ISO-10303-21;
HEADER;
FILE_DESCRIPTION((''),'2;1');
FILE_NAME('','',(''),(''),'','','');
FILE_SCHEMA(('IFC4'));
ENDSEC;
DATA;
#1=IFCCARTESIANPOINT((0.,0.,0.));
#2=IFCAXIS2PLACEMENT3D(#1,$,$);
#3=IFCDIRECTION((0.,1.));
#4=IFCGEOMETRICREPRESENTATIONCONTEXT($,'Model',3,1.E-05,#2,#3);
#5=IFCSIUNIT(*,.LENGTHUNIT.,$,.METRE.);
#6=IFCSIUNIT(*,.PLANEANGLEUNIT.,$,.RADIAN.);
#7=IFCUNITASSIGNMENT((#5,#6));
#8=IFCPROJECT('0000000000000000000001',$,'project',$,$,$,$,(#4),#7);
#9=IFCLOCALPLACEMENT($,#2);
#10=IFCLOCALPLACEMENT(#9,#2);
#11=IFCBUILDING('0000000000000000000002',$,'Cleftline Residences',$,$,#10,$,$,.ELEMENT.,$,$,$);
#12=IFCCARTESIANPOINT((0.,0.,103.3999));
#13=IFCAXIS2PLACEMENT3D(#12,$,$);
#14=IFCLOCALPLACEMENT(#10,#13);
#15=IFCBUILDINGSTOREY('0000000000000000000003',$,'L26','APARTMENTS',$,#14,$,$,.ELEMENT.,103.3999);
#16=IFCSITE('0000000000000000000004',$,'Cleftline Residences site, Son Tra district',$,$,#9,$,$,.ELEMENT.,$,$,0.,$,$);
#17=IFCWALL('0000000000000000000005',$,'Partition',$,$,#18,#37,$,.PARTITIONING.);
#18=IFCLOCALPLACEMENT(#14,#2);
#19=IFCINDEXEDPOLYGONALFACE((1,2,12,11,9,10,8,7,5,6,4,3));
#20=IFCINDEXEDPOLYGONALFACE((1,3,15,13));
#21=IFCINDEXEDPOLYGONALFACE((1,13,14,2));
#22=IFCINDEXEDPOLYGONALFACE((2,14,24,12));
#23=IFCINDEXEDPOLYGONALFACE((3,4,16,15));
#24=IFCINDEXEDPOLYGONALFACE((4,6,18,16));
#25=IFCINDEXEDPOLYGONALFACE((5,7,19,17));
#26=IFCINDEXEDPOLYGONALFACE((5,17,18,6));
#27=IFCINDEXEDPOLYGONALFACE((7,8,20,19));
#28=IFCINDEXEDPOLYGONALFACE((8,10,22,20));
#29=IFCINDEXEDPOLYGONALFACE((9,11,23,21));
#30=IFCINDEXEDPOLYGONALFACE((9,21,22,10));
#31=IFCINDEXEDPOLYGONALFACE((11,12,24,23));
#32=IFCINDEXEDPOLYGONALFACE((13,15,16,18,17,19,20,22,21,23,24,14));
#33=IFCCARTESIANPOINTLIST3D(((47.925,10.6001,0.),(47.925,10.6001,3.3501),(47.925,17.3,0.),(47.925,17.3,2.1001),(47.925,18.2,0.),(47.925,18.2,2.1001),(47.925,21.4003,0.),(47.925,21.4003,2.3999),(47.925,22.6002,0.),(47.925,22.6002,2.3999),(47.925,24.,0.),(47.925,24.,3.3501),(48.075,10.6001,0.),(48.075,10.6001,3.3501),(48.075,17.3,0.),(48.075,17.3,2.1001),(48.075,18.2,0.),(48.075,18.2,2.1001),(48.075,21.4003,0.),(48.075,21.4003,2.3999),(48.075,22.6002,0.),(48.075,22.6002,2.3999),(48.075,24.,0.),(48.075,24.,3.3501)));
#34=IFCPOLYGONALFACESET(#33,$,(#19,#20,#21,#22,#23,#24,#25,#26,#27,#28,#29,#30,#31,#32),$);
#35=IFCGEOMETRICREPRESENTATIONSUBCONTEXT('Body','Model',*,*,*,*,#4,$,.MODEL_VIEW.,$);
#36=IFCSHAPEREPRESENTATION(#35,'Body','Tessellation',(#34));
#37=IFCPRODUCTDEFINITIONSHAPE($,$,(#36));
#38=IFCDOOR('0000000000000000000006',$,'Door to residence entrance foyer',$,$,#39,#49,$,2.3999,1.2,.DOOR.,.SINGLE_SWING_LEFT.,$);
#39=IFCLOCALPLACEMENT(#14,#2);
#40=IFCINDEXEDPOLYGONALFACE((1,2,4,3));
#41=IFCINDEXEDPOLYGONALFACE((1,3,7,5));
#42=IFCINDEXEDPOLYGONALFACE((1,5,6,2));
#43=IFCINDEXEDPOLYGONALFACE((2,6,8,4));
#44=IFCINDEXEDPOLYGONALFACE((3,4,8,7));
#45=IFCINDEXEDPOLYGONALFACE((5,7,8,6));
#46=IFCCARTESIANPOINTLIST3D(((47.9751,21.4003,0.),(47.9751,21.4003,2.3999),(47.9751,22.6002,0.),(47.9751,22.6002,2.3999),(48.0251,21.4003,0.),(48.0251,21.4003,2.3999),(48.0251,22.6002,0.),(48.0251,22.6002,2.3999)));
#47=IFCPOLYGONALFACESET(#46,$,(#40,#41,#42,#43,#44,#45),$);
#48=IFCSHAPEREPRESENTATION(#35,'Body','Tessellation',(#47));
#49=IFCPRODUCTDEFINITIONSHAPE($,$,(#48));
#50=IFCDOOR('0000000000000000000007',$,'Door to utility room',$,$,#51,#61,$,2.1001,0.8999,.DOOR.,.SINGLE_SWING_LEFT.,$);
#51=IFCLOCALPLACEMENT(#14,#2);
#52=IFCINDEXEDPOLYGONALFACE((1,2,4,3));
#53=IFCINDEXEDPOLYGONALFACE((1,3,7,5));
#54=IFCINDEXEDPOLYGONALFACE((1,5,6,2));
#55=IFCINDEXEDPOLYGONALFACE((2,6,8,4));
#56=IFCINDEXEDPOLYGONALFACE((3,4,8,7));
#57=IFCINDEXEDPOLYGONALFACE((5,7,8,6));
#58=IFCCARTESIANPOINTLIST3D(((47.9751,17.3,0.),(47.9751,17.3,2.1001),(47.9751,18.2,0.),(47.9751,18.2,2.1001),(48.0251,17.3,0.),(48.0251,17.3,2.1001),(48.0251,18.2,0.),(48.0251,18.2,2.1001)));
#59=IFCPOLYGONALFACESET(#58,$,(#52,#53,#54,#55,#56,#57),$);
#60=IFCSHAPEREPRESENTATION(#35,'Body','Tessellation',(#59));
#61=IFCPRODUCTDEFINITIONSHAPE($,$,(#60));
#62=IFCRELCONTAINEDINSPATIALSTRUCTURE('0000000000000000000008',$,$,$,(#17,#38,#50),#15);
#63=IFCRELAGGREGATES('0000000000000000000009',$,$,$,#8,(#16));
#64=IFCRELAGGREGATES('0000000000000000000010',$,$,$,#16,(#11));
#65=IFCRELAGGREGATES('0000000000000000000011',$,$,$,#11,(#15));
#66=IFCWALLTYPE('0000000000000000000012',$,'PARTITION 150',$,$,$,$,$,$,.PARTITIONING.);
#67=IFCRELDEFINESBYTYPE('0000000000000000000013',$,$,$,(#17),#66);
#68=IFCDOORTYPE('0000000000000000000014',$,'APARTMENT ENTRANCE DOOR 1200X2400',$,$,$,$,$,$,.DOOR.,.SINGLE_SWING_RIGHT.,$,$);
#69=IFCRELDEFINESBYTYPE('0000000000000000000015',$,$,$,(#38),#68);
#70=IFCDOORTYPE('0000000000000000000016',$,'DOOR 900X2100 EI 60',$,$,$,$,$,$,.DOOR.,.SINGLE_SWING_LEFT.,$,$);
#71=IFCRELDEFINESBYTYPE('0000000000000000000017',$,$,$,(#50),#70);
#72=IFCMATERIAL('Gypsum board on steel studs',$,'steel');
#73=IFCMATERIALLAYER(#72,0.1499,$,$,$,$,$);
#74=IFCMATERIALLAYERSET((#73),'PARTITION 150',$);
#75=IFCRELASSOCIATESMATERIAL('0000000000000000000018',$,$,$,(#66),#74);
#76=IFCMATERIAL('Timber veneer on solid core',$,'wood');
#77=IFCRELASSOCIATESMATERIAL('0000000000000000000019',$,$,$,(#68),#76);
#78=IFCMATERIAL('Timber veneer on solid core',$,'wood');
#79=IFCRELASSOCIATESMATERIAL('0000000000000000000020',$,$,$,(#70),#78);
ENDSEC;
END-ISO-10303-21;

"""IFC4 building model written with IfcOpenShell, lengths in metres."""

from ifc_helpers import new_model, si_unit, direction, frame, frame_2d, origin, place, context, subcontext, project, spatial, rectangle, extrude, material, layer, layer_set, type_object, element, fill, save


model = new_model("IFC4")

# Units and contexts
model_context = context("Model", 3, precision=1e-05, world=origin(), true_north=direction((0.0, 1.0)))
body_context = subcontext(model_context, "Body", "Model", "MODEL_VIEW")
ifc_project = project(units=[si_unit("LENGTHUNIT", "METRE"), si_unit("PLANEANGLEUNIT", "RADIAN")], contexts=[model_context])

# Site, building, storey
site_placement = place(None, origin())
site = spatial("IfcSite", under=ifc_project, at=site_placement, Name="Cleftline Residences site, Son Tra district", CompositionType="ELEMENT", RefElevation=0.0)
building_placement = place(site_placement, origin())
building = spatial("IfcBuilding", under=site, at=building_placement, Name="Cleftline Residences", CompositionType="ELEMENT")
storey_placement = place(building_placement, frame((0.0, 0.0, 103.3999)))
storey = spatial("IfcBuildingStorey", under=building, at=storey_placement, Name="L26", Description="APARTMENTS", CompositionType="ELEMENT", Elevation=103.3999)

# Shared definitions
ifc_material_1 = material(Name="Gypsum board on steel studs", Category="steel")
ifc_layer_1 = layer(ifc_material_1, 0.1499)
ifc_layer_set_1 = layer_set([ifc_layer_1], Name="PARTITION 150")
wall_type = type_object("IfcWallType", Name="PARTITION 150", PredefinedType="PARTITIONING", material=ifc_layer_set_1)

# Wall, openings, doors
wall_1_placement = place(storey_placement, frame((48.0, 10.6001, 0.0), z_axis=(0.0, 0.0, 1.0), x_axis=(0.0, 1.0, 0.0)))
wall_1 = element("IfcWall", 1, at=wall_1_placement, inside=storey, type_object=wall_type, Name="Partition", PredefinedType="PARTITIONING", context=body_context, shape_type="SweptSolid", body=[
    extrude(rectangle(XDim=13.3999, YDim=0.1499, at=frame_2d((6.7, 0.0))), origin(), (0.0, 0.0, 1.0), 3.3501),
])
opening_1_placement = place(wall_1_placement, frame((10.8, 0.0, 0.0)))
opening_1 = element("IfcOpeningElement", 2, at=opening_1_placement, cuts=wall_1, PredefinedType="OPENING", context=body_context, shape_type="SweptSolid", body=[
    extrude(rectangle(XDim=1.2, YDim=2.3999, at=frame_2d((0.6001, 1.2))), frame((0.0, 0.085, 0.0), z_axis=(0.0, -1.0, 0.0), x_axis=(1.0, 0.0, 0.0)), (0.0, 0.0, 1.0), 0.1699),
])
opening_2_placement = place(wall_1_placement, frame((6.7, 0.0, 0.0)))
opening_2 = element("IfcOpeningElement", 3, at=opening_2_placement, cuts=wall_1, PredefinedType="OPENING", context=body_context, shape_type="SweptSolid", body=[
    extrude(rectangle(XDim=0.8999, YDim=2.1001, at=frame_2d((0.45, 1.05))), frame((0.0, 0.085, 0.0), z_axis=(0.0, -1.0, 0.0), x_axis=(1.0, 0.0, 0.0)), (0.0, 0.0, 1.0), 0.1699),
])
ifc_material_2 = material(Name="Timber veneer on solid core", Category="wood")
door_type_1 = type_object("IfcDoorType", Name="APARTMENT ENTRANCE DOOR 1200X2400", OperationType="SINGLE_SWING_RIGHT", PredefinedType="DOOR", material=ifc_material_2)
door_1_placement = place(opening_1_placement, origin())
door_1 = element("IfcDoor", 4, at=door_1_placement, inside=storey, type_object=door_type_1, Name="Door to residence entrance foyer", OperationType="SINGLE_SWING_LEFT", OverallHeight=2.3999, OverallWidth=1.2, PredefinedType="DOOR", context=body_context, shape_type="SweptSolid", body=[
    extrude(rectangle(XDim=1.2, YDim=2.3999, at=frame_2d((0.6001, 1.2))), frame((0.0, 0.0249, 0.0), z_axis=(0.0, -1.0, 0.0), x_axis=(1.0, 0.0, 0.0)), (0.0, 0.0, 1.0), 0.05),
])
fill(opening_1, door_1)
ifc_material_3 = material(Name="Timber veneer on solid core", Category="wood")
door_type_2 = type_object("IfcDoorType", Name="DOOR 900X2100 EI 60", OperationType="SINGLE_SWING_LEFT", PredefinedType="DOOR", material=ifc_material_3)
door_2_placement = place(opening_2_placement, origin())
door_2 = element("IfcDoor", 5, at=door_2_placement, inside=storey, type_object=door_type_2, Name="Door to utility room", OperationType="SINGLE_SWING_LEFT", OverallHeight=2.1001, OverallWidth=0.8999, PredefinedType="DOOR", context=body_context, shape_type="SweptSolid", body=[
    extrude(rectangle(XDim=0.8999, YDim=2.1001, at=frame_2d((0.45, 1.05))), frame((0.0, 0.0249, 0.0), z_axis=(0.0, -1.0, 0.0), x_axis=(1.0, 0.0, 0.0)), (0.0, 0.0, 1.0), 0.05),
])
fill(opening_2, door_2)

save(model, "model.ifc")
